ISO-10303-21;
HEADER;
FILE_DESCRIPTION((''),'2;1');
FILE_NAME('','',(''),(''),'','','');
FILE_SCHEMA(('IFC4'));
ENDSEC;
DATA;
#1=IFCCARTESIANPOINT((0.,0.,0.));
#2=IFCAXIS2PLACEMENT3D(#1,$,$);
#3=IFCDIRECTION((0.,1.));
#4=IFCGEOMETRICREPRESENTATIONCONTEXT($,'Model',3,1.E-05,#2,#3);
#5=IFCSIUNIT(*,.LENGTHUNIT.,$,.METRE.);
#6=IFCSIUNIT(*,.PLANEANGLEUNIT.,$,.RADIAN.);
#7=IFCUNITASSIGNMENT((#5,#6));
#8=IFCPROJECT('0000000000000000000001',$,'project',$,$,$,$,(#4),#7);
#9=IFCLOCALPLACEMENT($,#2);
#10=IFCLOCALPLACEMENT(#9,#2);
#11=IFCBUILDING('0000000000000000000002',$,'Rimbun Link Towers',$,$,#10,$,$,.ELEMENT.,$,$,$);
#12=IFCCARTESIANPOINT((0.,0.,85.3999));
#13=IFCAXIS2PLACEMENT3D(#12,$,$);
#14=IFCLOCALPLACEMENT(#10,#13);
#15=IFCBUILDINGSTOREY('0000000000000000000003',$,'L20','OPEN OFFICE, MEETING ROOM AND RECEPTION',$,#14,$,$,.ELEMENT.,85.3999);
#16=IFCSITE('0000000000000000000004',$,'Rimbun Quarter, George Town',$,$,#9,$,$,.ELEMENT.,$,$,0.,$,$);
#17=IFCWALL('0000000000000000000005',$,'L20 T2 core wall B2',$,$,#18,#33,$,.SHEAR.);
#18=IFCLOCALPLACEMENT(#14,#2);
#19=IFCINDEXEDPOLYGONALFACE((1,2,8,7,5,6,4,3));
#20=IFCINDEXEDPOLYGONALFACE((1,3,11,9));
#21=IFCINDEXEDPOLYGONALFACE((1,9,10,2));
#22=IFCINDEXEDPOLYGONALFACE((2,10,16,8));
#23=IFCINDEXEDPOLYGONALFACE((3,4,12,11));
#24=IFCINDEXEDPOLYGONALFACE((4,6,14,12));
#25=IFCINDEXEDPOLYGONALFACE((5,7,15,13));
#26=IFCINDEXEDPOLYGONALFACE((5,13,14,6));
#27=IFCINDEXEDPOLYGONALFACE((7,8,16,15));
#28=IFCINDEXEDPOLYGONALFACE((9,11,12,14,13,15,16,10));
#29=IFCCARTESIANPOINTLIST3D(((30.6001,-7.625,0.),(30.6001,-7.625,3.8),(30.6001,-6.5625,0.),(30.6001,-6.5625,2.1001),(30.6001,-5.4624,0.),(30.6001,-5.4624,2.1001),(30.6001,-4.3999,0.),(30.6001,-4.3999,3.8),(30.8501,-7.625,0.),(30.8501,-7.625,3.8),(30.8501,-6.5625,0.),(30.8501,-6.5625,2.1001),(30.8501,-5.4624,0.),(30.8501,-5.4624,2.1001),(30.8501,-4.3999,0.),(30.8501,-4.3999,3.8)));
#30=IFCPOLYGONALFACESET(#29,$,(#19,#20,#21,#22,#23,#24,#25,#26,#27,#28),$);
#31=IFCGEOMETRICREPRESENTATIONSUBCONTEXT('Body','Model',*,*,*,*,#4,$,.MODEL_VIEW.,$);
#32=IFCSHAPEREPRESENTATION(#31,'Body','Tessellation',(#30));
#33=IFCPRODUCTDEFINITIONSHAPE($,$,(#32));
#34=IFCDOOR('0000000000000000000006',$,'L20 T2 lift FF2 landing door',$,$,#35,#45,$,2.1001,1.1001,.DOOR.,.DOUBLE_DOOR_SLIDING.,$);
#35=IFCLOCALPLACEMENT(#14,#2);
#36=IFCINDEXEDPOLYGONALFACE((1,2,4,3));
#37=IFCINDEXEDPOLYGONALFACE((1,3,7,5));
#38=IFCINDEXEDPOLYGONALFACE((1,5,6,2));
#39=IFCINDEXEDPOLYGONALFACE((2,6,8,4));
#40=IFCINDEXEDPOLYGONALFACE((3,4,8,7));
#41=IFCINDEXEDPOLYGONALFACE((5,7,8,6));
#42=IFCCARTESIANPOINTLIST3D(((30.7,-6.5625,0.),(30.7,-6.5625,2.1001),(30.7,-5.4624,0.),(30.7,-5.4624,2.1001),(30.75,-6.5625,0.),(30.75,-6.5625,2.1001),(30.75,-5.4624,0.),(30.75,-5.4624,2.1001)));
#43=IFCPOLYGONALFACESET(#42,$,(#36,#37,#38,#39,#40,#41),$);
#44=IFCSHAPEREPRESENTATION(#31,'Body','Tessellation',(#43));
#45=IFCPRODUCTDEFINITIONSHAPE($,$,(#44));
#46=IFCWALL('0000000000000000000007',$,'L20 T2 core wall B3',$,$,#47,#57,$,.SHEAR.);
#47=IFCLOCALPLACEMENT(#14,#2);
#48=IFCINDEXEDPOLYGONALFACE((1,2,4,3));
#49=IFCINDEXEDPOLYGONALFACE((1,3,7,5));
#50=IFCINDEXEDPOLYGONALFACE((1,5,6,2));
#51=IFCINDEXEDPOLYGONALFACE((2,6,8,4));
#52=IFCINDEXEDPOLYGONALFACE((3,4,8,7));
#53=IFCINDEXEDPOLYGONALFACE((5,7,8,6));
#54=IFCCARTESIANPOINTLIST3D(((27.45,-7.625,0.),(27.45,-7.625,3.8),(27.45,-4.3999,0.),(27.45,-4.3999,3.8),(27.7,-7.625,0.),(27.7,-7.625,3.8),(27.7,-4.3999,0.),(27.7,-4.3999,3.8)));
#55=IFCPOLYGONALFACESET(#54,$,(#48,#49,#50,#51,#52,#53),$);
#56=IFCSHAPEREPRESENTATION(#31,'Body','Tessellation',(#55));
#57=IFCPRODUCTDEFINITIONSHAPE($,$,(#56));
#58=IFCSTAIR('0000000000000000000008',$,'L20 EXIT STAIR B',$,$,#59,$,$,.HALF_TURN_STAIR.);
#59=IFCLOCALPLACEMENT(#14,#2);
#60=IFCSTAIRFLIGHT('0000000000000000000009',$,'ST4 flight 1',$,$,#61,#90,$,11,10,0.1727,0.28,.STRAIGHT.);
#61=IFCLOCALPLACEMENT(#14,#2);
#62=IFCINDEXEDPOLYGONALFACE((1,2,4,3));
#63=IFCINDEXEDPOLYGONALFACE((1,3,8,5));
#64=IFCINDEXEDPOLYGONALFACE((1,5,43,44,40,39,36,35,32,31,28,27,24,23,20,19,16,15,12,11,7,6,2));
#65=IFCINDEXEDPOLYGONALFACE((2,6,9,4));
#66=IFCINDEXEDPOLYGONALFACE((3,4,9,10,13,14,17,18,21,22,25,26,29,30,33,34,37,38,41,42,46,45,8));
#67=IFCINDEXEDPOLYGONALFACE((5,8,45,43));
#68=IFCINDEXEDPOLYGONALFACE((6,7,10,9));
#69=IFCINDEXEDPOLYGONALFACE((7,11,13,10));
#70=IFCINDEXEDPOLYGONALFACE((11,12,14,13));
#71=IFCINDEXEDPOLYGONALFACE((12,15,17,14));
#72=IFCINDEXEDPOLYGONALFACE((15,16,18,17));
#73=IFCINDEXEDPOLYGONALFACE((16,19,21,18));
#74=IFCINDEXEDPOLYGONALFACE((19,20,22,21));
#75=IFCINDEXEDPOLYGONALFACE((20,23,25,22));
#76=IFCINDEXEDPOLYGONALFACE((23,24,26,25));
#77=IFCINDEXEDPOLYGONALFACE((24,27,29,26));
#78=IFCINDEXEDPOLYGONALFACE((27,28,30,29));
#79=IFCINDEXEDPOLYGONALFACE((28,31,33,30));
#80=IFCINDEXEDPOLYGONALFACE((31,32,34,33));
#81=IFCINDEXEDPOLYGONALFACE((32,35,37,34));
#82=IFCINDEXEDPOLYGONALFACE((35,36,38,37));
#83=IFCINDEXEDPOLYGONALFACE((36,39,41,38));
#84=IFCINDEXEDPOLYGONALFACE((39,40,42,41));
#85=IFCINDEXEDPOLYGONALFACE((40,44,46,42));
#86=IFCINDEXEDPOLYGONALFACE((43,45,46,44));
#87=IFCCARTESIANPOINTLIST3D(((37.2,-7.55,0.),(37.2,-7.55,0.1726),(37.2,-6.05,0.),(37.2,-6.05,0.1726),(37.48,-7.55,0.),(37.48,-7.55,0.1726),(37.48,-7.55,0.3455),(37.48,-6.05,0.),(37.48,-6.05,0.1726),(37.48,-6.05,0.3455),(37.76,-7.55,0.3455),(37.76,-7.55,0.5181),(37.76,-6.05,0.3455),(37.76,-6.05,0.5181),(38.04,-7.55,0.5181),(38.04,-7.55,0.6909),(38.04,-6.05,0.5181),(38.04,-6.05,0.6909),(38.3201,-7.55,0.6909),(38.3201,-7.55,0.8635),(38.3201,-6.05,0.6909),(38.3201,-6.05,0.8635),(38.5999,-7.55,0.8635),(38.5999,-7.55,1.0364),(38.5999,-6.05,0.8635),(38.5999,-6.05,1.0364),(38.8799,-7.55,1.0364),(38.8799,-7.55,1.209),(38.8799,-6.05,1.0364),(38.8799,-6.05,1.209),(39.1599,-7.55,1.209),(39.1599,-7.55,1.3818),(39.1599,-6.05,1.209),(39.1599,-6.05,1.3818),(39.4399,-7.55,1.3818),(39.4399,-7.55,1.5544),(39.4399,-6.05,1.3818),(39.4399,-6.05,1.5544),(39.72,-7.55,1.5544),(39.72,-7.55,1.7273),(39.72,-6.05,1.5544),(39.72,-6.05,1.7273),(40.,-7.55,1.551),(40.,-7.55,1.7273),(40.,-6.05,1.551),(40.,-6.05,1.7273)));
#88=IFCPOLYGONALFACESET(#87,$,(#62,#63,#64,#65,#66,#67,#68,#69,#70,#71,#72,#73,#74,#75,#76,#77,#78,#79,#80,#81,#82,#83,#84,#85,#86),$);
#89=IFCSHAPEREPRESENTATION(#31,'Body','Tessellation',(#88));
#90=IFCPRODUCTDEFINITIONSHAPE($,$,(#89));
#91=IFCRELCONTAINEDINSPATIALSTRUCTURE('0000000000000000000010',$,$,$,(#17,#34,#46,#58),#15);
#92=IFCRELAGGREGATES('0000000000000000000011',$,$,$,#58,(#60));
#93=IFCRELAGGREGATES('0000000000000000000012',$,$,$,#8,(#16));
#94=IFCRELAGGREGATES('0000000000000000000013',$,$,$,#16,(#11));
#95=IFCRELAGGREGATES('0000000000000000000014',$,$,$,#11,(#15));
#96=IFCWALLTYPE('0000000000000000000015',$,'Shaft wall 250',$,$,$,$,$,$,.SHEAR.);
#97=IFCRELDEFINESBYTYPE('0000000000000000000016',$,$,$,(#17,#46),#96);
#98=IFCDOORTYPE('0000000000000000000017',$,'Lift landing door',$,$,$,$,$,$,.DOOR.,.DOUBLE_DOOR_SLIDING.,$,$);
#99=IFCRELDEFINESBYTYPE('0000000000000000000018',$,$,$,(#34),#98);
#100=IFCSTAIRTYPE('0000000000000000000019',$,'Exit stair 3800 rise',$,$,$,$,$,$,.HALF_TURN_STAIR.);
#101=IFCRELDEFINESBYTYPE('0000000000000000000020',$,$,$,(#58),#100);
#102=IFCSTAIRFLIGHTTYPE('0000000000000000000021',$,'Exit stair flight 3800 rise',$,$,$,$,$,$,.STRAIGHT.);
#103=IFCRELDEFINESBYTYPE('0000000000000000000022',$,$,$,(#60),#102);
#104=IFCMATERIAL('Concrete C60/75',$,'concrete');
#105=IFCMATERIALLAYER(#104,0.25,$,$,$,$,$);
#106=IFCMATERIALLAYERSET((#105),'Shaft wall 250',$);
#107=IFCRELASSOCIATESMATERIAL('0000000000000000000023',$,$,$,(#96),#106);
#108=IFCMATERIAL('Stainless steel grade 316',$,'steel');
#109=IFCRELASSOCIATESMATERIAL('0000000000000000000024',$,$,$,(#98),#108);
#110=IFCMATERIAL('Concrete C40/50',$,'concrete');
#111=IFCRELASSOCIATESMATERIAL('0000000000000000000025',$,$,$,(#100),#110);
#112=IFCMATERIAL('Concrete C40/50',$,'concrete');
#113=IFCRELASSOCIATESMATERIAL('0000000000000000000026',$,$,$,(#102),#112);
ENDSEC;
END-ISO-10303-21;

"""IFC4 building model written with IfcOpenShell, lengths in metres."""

from ifc_helpers import new_model, si_unit, direction, frame, frame_2d, origin, place, context, subcontext, project, spatial, polyline, rectangle, outline, extrude, material, layer, layer_set, type_object, element, fill, aggregate, save


model = new_model("IFC4")

# Units and contexts
model_context = context("Model", 3, precision=1e-05, world=origin(), true_north=direction((0.0, 1.0)))
body_context = subcontext(model_context, "Body", "Model", "MODEL_VIEW")
ifc_project = project(units=[si_unit("LENGTHUNIT", "METRE"), si_unit("PLANEANGLEUNIT", "RADIAN")], contexts=[model_context])

# Site, building, storey
site_placement = place(None, origin())
site = spatial("IfcSite", under=ifc_project, at=site_placement, Name="Rimbun Quarter, George Town", CompositionType="ELEMENT", RefElevation=0.0)
building_placement = place(site_placement, origin())
building = spatial("IfcBuilding", under=site, at=building_placement, Name="Rimbun Link Towers", CompositionType="ELEMENT")
storey_placement = place(building_placement, frame((0.0, 0.0, 85.3999)))
storey = spatial("IfcBuildingStorey", under=building, at=storey_placement, Name="L20", Description="OPEN OFFICE, MEETING ROOM AND RECEPTION", CompositionType="ELEMENT", Elevation=85.3999)

# Shared definitions
ifc_material_1 = material(Name="Concrete C60/75", Category="concrete")
ifc_layer = layer(ifc_material_1, 0.25)
ifc_layer_set = layer_set([ifc_layer], Name="Shaft wall 250")
wall_type = type_object("IfcWallType", Name="Shaft wall 250", PredefinedType="SHEAR", material=ifc_layer_set)

# Wall, opening, door
wall_1_placement = place(storey_placement, frame((30.7251, -4.3999, 0.0), z_axis=(0.0, 0.0, 1.0), x_axis=(0.0, -1.0, 0.0)))
wall_1 = element("IfcWall", 1, at=wall_1_placement, inside=storey, type_object=wall_type, Name="L20 T2 core wall B2", PredefinedType="SHEAR", context=body_context, shape_type="SweptSolid", body=[
    extrude(rectangle(XDim=3.2251, YDim=0.25, at=frame_2d((1.6125, 0.0))), origin(), (0.0, 0.0, 1.0), 3.8),
])
opening_1_placement = place(wall_1_placement, frame((1.0625, 0.0, 0.0)))
opening_1 = element("IfcOpeningElement", 2, at=opening_1_placement, cuts=wall_1, PredefinedType="OPENING", context=body_context, shape_type="SweptSolid", body=[
    extrude(rectangle(XDim=1.1001, YDim=2.1001, at=frame_2d((0.55, 1.05))), frame((0.0, 0.135, 0.0), z_axis=(0.0, -1.0, 0.0), x_axis=(1.0, 0.0, 0.0)), (0.0, 0.0, 1.0), 0.27),
])
ifc_material_2 = material(Name="Stainless steel grade 316", Category="steel")
door_type_1 = type_object("IfcDoorType", Name="Lift landing door", OperationType="DOUBLE_DOOR_SLIDING", PredefinedType="DOOR", material=ifc_material_2)
door_1_placement = place(opening_1_placement, origin())
door_1 = element("IfcDoor", 3, at=door_1_placement, inside=storey, type_object=door_type_1, Name="L20 T2 lift FF2 landing door", OperationType="DOUBLE_DOOR_SLIDING", OverallHeight=2.1001, OverallWidth=1.1001, PredefinedType="DOOR", context=body_context, shape_type="SweptSolid", body=[
    extrude(rectangle(XDim=1.1001, YDim=2.1001, at=frame_2d((0.55, 1.05))), frame((0.0, 0.0249, 0.0), z_axis=(0.0, -1.0, 0.0), x_axis=(1.0, 0.0, 0.0)), (0.0, 0.0, 1.0), 0.05),
])
fill(opening_1, door_1)

# Wall
wall_2_placement = place(storey_placement, frame((27.575, -4.3999, 0.0), z_axis=(0.0, 0.0, 1.0), x_axis=(0.0, -1.0, 0.0)))
element("IfcWall", 4, at=wall_2_placement, inside=storey, type_object=wall_type, Name="L20 T2 core wall B3", PredefinedType="SHEAR", context=body_context, shape_type="SweptSolid", body=[
    extrude(rectangle(XDim=3.2251, YDim=0.25, at=frame_2d((1.6125, 0.0))), origin(), (0.0, 0.0, 1.0), 3.8),
])

# Stair, stair flight
ifc_material_3 = material(Name="Concrete C40/50", Category="concrete")
stair_type = type_object("IfcStairType", Name="Exit stair 3800 rise", PredefinedType="HALF_TURN_STAIR", material=ifc_material_3)
stair_placement = place(storey_placement, origin())
stair = element("IfcStair", 5, at=stair_placement, inside=storey, type_object=stair_type, Name="L20 EXIT STAIR B", PredefinedType="HALF_TURN_STAIR")
ifc_material_4 = material(Name="Concrete C40/50", Category="concrete")
stair_flight_type = type_object("IfcStairFlightType", Name="Exit stair flight 3800 rise", PredefinedType="STRAIGHT", material=ifc_material_4)
stair_flight_placement = place(storey_placement, frame((37.2, -6.8, 0.0), z_axis=(0.0, 0.0, 1.0), x_axis=(1.0, 0.0, 0.0)))
stair_flight = element("IfcStairFlight", 6, at=stair_flight_placement, type_object=stair_flight_type, Name="ST4 flight 1", NumberOfRisers=11, NumberOfTreads=10, PredefinedType="STRAIGHT", RiserHeight=0.1727, TreadLength=0.28, context=body_context, shape_type="SweptSolid", body=[
    extrude(outline(polyline([(0.0, 0.0), (0.0, 0.1726), (0.28, 0.1726), (0.28, 0.3455), (0.5601, 0.3455), (0.5601, 0.5181), (0.8401, 0.5181), (0.8401, 0.6909), (1.1201, 0.6909), (1.1201, 0.8635), (1.3999, 0.8635), (1.3999, 1.0364), (1.6799, 1.0364), (1.6799, 1.209), (1.96, 1.209), (1.96, 1.3818), (2.24, 1.3818), (2.24, 1.5544), (2.52, 1.5544), (2.52, 1.7273), (2.8, 1.7273), (2.8, 1.8999), (2.8, 1.551), (0.28, 0.0), (0.0, 0.0)])), frame((0.0, 0.75, 0.0), z_axis=(0.0, -1.0, 0.0), x_axis=(1.0, 0.0, 0.0)), (0.0, 0.0, 1.0), 1.5),
])
aggregate(stair, [stair_flight])

save(model, "model.ifc")
